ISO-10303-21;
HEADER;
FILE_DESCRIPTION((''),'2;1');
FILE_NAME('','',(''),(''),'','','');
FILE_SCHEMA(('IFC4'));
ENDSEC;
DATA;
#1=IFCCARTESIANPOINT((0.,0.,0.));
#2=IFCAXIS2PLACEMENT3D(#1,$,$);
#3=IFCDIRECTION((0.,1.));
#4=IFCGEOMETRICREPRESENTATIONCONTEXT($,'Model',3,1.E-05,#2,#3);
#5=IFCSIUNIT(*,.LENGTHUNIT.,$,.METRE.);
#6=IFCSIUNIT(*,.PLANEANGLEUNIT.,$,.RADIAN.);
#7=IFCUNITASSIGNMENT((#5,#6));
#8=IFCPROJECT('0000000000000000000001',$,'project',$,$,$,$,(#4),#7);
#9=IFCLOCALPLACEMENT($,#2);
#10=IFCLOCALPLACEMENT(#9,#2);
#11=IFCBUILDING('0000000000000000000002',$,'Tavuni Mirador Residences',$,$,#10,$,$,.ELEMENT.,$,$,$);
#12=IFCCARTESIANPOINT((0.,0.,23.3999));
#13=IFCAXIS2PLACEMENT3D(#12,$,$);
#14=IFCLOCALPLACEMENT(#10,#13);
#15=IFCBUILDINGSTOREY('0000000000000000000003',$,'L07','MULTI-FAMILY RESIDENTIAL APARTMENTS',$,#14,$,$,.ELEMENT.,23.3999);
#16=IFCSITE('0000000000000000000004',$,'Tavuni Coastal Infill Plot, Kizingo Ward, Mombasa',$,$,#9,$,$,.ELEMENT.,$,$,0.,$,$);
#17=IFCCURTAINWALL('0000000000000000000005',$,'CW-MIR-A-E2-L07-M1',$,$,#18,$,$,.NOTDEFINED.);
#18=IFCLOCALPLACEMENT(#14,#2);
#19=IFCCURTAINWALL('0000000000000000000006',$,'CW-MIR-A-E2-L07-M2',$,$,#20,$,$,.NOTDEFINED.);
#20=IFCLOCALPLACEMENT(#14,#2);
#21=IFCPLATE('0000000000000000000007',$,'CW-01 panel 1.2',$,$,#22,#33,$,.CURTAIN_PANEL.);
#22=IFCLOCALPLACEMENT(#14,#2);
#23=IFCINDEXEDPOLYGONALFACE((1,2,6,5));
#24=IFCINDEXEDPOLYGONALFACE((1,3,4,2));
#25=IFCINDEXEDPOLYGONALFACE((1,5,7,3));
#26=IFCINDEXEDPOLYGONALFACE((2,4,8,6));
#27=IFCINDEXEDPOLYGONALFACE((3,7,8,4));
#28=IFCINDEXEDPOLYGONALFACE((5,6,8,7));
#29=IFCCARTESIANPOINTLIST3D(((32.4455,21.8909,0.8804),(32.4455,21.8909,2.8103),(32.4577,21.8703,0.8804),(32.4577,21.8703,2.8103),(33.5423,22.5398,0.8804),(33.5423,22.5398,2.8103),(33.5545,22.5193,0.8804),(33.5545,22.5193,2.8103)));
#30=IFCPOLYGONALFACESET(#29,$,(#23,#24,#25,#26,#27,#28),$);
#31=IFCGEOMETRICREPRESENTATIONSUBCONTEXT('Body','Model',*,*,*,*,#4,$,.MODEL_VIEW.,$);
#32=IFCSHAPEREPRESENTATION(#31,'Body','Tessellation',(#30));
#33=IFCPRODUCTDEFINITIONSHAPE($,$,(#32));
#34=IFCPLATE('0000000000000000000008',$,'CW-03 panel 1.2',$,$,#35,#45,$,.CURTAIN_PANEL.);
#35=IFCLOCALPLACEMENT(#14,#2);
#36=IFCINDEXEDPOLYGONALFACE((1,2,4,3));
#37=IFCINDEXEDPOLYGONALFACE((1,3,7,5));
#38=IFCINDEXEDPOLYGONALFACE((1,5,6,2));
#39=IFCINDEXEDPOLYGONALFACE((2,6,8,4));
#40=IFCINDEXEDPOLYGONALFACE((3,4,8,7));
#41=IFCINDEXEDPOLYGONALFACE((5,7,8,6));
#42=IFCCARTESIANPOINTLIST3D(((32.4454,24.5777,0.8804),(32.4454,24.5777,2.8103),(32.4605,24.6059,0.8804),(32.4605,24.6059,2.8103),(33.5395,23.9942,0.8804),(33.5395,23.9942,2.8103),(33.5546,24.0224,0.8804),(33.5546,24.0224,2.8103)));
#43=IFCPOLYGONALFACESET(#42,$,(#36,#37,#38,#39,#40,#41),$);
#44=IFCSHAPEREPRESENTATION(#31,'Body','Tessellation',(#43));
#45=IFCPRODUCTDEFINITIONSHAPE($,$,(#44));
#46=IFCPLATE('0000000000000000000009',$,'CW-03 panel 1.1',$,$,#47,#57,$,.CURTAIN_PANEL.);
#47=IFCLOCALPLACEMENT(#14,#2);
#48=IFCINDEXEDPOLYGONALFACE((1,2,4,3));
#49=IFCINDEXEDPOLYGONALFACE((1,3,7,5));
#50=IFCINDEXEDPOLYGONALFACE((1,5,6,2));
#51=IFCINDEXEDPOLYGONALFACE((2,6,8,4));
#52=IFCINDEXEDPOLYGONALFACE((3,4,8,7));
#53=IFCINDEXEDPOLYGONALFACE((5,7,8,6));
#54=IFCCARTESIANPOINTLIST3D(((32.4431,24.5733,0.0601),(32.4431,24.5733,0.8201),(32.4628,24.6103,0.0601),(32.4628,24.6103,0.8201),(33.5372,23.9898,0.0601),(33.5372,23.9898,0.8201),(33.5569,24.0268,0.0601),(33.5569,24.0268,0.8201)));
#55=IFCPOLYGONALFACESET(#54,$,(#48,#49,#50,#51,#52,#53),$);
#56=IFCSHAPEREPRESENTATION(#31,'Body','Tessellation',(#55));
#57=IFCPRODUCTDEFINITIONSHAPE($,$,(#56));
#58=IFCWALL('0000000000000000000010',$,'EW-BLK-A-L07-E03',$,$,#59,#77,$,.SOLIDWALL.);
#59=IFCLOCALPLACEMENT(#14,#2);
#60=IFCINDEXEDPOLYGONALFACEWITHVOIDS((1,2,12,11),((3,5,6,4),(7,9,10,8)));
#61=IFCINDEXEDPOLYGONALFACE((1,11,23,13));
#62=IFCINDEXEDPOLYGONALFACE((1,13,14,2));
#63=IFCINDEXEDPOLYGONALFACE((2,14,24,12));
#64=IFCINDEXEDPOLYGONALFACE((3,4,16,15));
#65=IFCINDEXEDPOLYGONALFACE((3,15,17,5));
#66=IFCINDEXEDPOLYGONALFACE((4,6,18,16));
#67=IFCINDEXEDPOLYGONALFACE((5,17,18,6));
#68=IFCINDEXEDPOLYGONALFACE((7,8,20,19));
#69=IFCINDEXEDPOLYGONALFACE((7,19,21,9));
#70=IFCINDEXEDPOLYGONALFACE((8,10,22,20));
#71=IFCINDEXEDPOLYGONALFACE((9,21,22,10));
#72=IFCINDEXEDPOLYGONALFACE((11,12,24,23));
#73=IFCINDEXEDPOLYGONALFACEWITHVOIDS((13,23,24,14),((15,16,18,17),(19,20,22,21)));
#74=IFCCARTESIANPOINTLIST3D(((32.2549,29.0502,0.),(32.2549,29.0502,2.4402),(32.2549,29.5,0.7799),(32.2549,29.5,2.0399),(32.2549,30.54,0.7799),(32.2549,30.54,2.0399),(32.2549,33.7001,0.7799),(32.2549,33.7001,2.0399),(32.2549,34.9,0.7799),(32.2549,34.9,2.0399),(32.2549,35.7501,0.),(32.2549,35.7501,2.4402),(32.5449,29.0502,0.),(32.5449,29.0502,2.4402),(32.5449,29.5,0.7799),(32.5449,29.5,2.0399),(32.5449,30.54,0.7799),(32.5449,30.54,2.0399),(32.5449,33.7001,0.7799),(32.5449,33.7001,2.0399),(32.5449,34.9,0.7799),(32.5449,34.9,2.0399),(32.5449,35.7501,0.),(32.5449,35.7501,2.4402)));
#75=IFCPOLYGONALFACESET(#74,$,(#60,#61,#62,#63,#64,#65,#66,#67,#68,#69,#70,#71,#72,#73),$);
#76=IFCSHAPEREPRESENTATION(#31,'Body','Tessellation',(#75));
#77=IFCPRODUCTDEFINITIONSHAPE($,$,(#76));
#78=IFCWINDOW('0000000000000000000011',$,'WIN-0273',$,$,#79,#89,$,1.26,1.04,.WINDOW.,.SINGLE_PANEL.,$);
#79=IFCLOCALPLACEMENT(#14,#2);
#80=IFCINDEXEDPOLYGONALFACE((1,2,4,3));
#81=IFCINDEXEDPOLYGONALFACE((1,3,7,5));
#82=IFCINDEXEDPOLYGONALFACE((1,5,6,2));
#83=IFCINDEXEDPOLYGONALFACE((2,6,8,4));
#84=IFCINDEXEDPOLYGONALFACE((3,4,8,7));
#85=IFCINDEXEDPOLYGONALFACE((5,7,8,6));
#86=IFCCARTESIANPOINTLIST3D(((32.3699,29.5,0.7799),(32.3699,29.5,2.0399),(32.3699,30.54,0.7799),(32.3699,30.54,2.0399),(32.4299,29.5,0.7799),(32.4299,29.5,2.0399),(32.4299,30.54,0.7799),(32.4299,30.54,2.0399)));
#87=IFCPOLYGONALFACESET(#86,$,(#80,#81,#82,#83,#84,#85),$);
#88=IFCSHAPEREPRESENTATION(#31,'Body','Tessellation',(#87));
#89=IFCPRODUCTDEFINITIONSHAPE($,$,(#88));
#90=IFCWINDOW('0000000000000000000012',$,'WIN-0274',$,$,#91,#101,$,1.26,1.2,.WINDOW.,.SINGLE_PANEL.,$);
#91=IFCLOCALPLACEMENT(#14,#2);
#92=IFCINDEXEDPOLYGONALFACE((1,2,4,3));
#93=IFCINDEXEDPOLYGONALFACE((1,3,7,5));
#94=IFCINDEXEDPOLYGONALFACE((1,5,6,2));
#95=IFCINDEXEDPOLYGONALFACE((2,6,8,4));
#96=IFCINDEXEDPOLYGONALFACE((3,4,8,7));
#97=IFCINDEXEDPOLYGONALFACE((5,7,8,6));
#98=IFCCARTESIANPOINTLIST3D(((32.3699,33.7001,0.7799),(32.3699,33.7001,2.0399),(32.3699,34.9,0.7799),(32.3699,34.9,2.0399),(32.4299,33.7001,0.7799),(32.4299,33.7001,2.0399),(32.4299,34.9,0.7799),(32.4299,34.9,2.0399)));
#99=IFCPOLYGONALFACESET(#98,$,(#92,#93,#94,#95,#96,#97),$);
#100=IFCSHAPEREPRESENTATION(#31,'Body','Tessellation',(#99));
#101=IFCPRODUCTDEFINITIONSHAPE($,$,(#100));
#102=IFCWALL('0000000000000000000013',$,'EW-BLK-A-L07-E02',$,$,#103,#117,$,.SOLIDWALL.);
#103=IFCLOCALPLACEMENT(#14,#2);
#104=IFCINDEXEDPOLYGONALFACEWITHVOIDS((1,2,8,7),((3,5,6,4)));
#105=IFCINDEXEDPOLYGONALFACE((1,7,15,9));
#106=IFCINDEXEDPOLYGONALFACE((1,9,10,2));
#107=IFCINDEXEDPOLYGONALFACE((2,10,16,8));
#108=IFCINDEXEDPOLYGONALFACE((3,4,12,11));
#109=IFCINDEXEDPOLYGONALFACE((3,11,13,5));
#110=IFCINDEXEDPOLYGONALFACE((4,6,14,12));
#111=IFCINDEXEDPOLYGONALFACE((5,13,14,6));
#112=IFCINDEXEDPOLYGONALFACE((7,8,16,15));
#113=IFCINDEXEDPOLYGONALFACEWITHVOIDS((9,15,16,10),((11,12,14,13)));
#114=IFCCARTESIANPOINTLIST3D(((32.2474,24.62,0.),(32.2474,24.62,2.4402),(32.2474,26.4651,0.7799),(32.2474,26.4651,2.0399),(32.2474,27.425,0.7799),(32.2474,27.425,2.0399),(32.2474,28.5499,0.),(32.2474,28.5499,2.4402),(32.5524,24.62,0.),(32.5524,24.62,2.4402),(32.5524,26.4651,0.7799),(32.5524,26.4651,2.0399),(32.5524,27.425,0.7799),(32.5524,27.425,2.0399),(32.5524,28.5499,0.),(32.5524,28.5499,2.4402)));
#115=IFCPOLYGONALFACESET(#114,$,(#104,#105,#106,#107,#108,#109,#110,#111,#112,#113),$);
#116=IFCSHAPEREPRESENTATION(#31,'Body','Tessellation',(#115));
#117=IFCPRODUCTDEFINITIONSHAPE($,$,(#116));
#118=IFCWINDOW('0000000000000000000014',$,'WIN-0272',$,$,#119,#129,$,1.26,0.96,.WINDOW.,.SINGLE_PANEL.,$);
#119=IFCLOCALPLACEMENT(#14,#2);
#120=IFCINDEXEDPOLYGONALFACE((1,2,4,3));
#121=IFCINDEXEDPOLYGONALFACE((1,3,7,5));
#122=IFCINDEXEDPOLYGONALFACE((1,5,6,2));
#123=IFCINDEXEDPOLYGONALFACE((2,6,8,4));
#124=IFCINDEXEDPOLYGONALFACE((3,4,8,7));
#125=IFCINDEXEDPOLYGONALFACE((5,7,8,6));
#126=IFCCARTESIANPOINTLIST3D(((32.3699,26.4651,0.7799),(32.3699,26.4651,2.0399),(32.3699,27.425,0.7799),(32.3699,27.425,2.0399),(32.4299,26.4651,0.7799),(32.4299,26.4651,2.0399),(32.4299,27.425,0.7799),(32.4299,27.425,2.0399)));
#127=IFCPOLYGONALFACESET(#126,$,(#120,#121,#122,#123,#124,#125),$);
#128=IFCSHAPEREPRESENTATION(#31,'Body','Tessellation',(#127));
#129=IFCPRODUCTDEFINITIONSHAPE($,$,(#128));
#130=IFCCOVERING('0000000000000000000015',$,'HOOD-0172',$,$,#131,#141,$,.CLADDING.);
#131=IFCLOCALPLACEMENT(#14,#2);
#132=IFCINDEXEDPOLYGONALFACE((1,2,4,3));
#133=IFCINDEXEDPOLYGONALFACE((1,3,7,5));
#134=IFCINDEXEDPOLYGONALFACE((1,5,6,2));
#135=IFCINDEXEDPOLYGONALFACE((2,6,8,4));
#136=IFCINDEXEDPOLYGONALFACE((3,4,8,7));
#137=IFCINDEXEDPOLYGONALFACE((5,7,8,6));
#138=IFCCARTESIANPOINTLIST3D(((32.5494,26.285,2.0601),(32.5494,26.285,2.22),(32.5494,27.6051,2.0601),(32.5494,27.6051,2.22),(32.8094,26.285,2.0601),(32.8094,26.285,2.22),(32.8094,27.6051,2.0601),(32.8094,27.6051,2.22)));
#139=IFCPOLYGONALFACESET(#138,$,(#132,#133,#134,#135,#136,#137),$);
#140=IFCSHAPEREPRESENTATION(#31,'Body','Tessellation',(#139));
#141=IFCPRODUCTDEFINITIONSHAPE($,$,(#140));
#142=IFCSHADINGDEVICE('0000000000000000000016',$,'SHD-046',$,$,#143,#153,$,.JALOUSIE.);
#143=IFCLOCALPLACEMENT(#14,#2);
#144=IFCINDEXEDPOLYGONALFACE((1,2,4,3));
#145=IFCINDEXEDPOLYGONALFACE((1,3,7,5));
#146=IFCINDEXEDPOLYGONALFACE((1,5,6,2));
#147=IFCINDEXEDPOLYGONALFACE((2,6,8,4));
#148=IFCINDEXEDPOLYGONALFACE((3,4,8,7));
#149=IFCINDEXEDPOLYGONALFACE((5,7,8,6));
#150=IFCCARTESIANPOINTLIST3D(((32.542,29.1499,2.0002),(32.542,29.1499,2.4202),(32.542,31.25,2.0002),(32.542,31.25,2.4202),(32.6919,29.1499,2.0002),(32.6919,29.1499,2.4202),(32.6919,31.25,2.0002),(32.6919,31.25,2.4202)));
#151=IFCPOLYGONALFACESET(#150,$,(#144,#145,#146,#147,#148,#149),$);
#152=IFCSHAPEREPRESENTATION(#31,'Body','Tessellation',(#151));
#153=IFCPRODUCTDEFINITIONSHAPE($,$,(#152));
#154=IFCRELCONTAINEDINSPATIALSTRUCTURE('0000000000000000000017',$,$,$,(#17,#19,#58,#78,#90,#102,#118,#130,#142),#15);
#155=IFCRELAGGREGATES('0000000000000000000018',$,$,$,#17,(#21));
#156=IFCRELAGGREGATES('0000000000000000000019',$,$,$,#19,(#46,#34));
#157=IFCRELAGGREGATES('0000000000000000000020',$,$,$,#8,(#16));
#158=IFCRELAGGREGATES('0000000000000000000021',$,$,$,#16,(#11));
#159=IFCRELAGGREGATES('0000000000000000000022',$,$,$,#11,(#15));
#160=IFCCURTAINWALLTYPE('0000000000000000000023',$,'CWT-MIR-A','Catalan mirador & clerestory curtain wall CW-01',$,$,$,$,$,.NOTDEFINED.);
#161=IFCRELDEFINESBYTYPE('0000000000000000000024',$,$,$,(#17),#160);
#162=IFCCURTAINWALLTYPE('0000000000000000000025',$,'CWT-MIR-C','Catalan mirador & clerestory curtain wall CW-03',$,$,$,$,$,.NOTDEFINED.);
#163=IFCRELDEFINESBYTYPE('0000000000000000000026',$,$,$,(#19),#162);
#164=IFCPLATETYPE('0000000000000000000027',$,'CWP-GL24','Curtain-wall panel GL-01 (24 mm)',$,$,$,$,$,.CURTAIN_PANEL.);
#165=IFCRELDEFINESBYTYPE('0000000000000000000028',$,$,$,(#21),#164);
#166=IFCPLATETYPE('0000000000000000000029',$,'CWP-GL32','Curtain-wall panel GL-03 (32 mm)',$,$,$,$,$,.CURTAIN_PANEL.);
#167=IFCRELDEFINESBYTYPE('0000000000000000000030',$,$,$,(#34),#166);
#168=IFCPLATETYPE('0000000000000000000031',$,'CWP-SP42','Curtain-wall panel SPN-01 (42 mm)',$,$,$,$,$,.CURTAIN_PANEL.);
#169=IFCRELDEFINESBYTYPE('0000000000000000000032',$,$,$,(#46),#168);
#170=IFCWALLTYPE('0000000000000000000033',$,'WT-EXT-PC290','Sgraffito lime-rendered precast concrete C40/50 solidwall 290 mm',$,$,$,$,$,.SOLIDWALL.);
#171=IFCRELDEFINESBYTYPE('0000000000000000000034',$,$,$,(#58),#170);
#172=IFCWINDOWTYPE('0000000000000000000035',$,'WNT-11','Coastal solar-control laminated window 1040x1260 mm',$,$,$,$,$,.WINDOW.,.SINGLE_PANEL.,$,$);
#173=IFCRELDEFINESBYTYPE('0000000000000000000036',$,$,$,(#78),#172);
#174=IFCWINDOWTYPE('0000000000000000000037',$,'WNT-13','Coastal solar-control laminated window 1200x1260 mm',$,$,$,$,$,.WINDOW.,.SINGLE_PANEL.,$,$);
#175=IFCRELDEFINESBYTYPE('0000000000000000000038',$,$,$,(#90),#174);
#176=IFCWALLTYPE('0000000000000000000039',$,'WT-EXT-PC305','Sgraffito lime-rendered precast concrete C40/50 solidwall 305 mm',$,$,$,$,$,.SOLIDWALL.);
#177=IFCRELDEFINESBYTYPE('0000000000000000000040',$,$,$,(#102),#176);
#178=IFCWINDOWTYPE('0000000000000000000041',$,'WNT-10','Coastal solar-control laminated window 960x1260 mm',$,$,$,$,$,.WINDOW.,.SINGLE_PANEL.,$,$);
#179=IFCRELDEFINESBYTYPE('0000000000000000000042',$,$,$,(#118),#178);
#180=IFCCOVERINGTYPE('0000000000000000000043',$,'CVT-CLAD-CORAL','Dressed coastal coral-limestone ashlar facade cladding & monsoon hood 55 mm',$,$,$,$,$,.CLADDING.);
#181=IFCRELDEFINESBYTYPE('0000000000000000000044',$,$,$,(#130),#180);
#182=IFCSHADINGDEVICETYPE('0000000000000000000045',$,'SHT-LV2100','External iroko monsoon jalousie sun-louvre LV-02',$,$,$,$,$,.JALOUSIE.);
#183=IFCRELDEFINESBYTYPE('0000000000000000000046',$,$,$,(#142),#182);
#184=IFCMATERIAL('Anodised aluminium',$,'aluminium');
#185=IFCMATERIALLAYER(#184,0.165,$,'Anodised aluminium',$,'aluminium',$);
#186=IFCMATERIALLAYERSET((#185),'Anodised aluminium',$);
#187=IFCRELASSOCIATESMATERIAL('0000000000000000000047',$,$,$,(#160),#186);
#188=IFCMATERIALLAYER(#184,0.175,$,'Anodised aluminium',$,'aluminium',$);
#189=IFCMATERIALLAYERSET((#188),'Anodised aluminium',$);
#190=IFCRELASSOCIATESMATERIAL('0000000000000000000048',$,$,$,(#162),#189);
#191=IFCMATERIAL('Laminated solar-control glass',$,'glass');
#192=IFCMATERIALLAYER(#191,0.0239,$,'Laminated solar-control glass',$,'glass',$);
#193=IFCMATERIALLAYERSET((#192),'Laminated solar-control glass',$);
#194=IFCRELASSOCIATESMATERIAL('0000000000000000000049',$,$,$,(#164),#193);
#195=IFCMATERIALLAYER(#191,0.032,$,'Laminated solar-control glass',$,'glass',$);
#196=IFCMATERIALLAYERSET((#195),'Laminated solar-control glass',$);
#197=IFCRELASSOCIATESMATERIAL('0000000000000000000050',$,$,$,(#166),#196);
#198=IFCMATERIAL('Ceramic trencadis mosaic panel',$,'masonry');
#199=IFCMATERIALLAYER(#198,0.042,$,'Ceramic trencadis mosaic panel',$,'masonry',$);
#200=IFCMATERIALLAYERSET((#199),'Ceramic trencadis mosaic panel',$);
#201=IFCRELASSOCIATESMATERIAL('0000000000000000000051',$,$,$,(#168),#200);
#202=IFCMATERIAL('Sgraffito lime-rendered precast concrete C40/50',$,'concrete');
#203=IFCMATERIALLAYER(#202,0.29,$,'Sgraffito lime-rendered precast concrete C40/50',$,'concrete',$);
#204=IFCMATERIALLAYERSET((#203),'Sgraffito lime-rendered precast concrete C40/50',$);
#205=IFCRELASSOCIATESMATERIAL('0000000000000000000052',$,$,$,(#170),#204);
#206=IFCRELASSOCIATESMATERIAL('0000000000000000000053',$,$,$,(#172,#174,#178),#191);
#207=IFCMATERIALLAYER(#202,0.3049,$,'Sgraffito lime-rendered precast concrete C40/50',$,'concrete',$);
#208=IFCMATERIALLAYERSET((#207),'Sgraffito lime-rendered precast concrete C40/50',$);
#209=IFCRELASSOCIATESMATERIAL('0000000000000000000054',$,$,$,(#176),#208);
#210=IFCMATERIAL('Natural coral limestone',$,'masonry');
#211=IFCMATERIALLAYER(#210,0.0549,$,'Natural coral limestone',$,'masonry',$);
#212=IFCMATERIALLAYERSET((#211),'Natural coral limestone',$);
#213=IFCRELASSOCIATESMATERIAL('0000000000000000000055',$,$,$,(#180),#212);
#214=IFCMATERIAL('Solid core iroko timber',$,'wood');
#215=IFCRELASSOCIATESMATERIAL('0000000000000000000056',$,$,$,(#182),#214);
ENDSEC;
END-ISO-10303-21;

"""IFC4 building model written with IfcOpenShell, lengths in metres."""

from ifc_helpers import new_model, si_unit, direction, frame, frame_2d, origin, origin_2d, place, context, subcontext, project, spatial, rectangle, extrude, material, layer, layer_set, type_object, element, fill, aggregate, save


model = new_model("IFC4")

# Units and contexts
model_context = context("Model", 3, precision=1e-05, world=origin(), true_north=direction((0.0, 1.0)))
body_context = subcontext(model_context, "Body", "Model", "MODEL_VIEW")
ifc_project = project(units=[si_unit("LENGTHUNIT", "METRE"), si_unit("PLANEANGLEUNIT", "RADIAN")], contexts=[model_context])

# Site, building, storey
site_placement = place(None, origin())
site = spatial("IfcSite", under=ifc_project, at=site_placement, Name="Tavuni Coastal Infill Plot, Kizingo Ward, Mombasa", CompositionType="ELEMENT", RefElevation=0.0)
building_placement = place(site_placement, origin())
building = spatial("IfcBuilding", under=site, at=building_placement, Name="Tavuni Mirador Residences", CompositionType="ELEMENT")
storey_placement = place(building_placement, frame((0.0, 0.0, 23.3999)))
storey = spatial("IfcBuildingStorey", under=building, at=storey_placement, Name="L07", Description="MULTI-FAMILY RESIDENTIAL APARTMENTS", CompositionType="ELEMENT", Elevation=23.3999)

# Curtain wall
ifc_material_1 = material(Name="Anodised aluminium", Category="aluminium")
ifc_layer_1 = layer(ifc_material_1, 0.165, Name="Anodised aluminium", Category="aluminium")
ifc_layer_set_1 = layer_set([ifc_layer_1], Name="Anodised aluminium")
curtain_wall_type_1 = type_object("IfcCurtainWallType", Name="CWT-MIR-A", Description="Catalan mirador & clerestory curtain wall CW-01", PredefinedType="NOTDEFINED", material=ifc_layer_set_1)
curtain_wall_1_placement = place(storey_placement, origin())
curtain_wall_1 = element("IfcCurtainWall", 1, at=curtain_wall_1_placement, inside=storey, type_object=curtain_wall_type_1, Name="CW-MIR-A-E2-L07-M1", PredefinedType="NOTDEFINED")

# Curtain wall
ifc_layer_2 = layer(ifc_material_1, 0.175, Name="Anodised aluminium", Category="aluminium")
ifc_layer_set_2 = layer_set([ifc_layer_2], Name="Anodised aluminium")
curtain_wall_type_2 = type_object("IfcCurtainWallType", Name="CWT-MIR-C", Description="Catalan mirador & clerestory curtain wall CW-03", PredefinedType="NOTDEFINED", material=ifc_layer_set_2)
curtain_wall_2_placement = place(storey_placement, origin())
curtain_wall_2 = element("IfcCurtainWall", 2, at=curtain_wall_2_placement, inside=storey, type_object=curtain_wall_type_2, Name="CW-MIR-A-E2-L07-M2", PredefinedType="NOTDEFINED")

# Plates
ifc_material_2 = material(Name="Laminated solar-control glass", Category="glass")
ifc_layer_3 = layer(ifc_material_2, 0.0239, Name="Laminated solar-control glass", Category="glass")
ifc_layer_set_3 = layer_set([ifc_layer_3], Name="Laminated solar-control glass")
plate_type_1 = type_object("IfcPlateType", Name="CWP-GL24", Description="Curtain-wall panel GL-01 (24 mm)", PredefinedType="CURTAIN_PANEL", material=ifc_layer_set_3)
plate_1_placement = place(storey_placement, frame((33.0, 22.2051, 0.8804), z_axis=(0.0, 0.0, 1.0), x_axis=(0.860641, 0.509212, 0.0)))
plate_1 = element("IfcPlate", 3, at=plate_1_placement, type_object=plate_type_1, Name="CW-01 panel 1.2", PredefinedType="CURTAIN_PANEL", context=body_context, shape_type="SweptSolid", body=[
    extrude(rectangle(XDim=1.2744, YDim=0.0239, at=origin_2d()), origin(), (0.0, 0.0, 1.0), 1.9299),
])
aggregate(curtain_wall_1, [plate_1])
ifc_layer_4 = layer(ifc_material_2, 0.032, Name="Laminated solar-control glass", Category="glass")
ifc_layer_set_4 = layer_set([ifc_layer_4], Name="Laminated solar-control glass")
plate_type_2 = type_object("IfcPlateType", Name="CWP-GL32", Description="Curtain-wall panel GL-03 (32 mm)", PredefinedType="CURTAIN_PANEL", material=ifc_layer_set_4)
plate_2_placement = place(storey_placement, frame((33.0, 24.3, 0.8804), z_axis=(0.0, 0.0, 1.0), x_axis=(-0.882353, 0.470588, 0.0)))
plate_2 = element("IfcPlate", 4, at=plate_2_placement, type_object=plate_type_2, Name="CW-03 panel 1.2", PredefinedType="CURTAIN_PANEL", context=body_context, shape_type="SweptSolid", body=[
    extrude(rectangle(XDim=1.24, YDim=0.032, at=origin_2d()), origin(), (0.0, 0.0, 1.0), 1.9299),
])
ifc_material_3 = material(Name="Ceramic trencadis mosaic panel", Category="masonry")
ifc_layer_5 = layer(ifc_material_3, 0.042, Name="Ceramic trencadis mosaic panel", Category="masonry")
ifc_layer_set_5 = layer_set([ifc_layer_5], Name="Ceramic trencadis mosaic panel")
plate_type_3 = type_object("IfcPlateType", Name="CWP-SP42", Description="Curtain-wall panel SPN-01 (42 mm)", PredefinedType="CURTAIN_PANEL", material=ifc_layer_set_5)
plate_3_placement = place(storey_placement, frame((33.0, 24.3, 0.0601), z_axis=(0.0, 0.0, 1.0), x_axis=(-0.882353, 0.470588, 0.0)))
plate_3 = element("IfcPlate", 5, at=plate_3_placement, type_object=plate_type_3, Name="CW-03 panel 1.1", PredefinedType="CURTAIN_PANEL", context=body_context, shape_type="SweptSolid", body=[
    extrude(rectangle(XDim=1.24, YDim=0.042, at=origin_2d()), origin(), (0.0, 0.0, 1.0), 0.76),
])
aggregate(curtain_wall_2, [plate_3, plate_2])

# Wall, openings, windows
ifc_material_4 = material(Name="Sgraffito lime-rendered precast concrete C40/50", Category="concrete")
ifc_layer_6 = layer(ifc_material_4, 0.29, Name="Sgraffito lime-rendered precast concrete C40/50", Category="concrete")
ifc_layer_set_6 = layer_set([ifc_layer_6], Name="Sgraffito lime-rendered precast concrete C40/50")
wall_type_1 = type_object("IfcWallType", Name="WT-EXT-PC290", Description="Sgraffito lime-rendered precast concrete C40/50 solidwall 290 mm", PredefinedType="SOLIDWALL", material=ifc_layer_set_6)
wall_1_placement = place(storey_placement, frame((32.3999, 29.05, 0.0), z_axis=(0.0, 0.0, 1.0), x_axis=(0.0, 1.0, 0.0)))
wall_1 = element("IfcWall", 6, at=wall_1_placement, inside=storey, type_object=wall_type_1, Name="EW-BLK-A-L07-E03", PredefinedType="SOLIDWALL", context=body_context, shape_type="SweptSolid", body=[
    extrude(rectangle(XDim=6.7, YDim=0.29, at=frame_2d((3.3501, 0.0))), origin(), (0.0, 0.0, 1.0), 2.4402),
])
opening_1_placement = place(wall_1_placement, frame((0.45, 0.0, 0.78)))
opening_1 = element("IfcOpeningElement", 7, at=opening_1_placement, cuts=wall_1, PredefinedType="OPENING", context=body_context, shape_type="SweptSolid", body=[
    extrude(rectangle(XDim=1.04, YDim=1.26, at=frame_2d((0.52, 0.6299))), frame((0.0, 0.155, 0.0), z_axis=(0.0, -1.0, 0.0), x_axis=(1.0, 0.0, 0.0)), (0.0, 0.0, 1.0), 0.3101),
])
opening_2_placement = place(wall_1_placement, frame((4.6499, 0.0, 0.78)))
opening_2 = element("IfcOpeningElement", 8, at=opening_2_placement, cuts=wall_1, PredefinedType="OPENING", context=body_context, shape_type="SweptSolid", body=[
    extrude(rectangle(XDim=1.2, YDim=1.26, at=frame_2d((0.6001, 0.6299))), frame((0.0, 0.155, 0.0), z_axis=(0.0, -1.0, 0.0), x_axis=(1.0, 0.0, 0.0)), (0.0, 0.0, 1.0), 0.3101),
])
window_type_1 = type_object("IfcWindowType", Name="WNT-11", Description="Coastal solar-control laminated window 1040x1260 mm", PartitioningType="SINGLE_PANEL", PredefinedType="WINDOW", material=ifc_material_2)
window_1_placement = place(opening_1_placement, origin())
window_1 = element("IfcWindow", 9, at=window_1_placement, inside=storey, type_object=window_type_1, Name="WIN-0273", OverallHeight=1.26, OverallWidth=1.04, PartitioningType="SINGLE_PANEL", PredefinedType="WINDOW", context=body_context, shape_type="SweptSolid", body=[
    extrude(rectangle(XDim=1.04, YDim=1.26, at=frame_2d((0.52, 0.6299))), frame((0.0, 0.03, 0.0), z_axis=(0.0, -1.0, 0.0), x_axis=(1.0, 0.0, 0.0)), (0.0, 0.0, 1.0), 0.0601),
])
fill(opening_1, window_1)
window_type_2 = type_object("IfcWindowType", Name="WNT-13", Description="Coastal solar-control laminated window 1200x1260 mm", PartitioningType="SINGLE_PANEL", PredefinedType="WINDOW", material=ifc_material_2)
window_2_placement = place(opening_2_placement, origin())
window_2 = element("IfcWindow", 10, at=window_2_placement, inside=storey, type_object=window_type_2, Name="WIN-0274", OverallHeight=1.26, OverallWidth=1.2, PartitioningType="SINGLE_PANEL", PredefinedType="WINDOW", context=body_context, shape_type="SweptSolid", body=[
    extrude(rectangle(XDim=1.2, YDim=1.26, at=frame_2d((0.6001, 0.6299))), frame((0.0, 0.03, 0.0), z_axis=(0.0, -1.0, 0.0), x_axis=(1.0, 0.0, 0.0)), (0.0, 0.0, 1.0), 0.0601),
])
fill(opening_2, window_2)

# Wall, opening, window
ifc_layer_7 = layer(ifc_material_4, 0.3049, Name="Sgraffito lime-rendered precast concrete C40/50", Category="concrete")
ifc_layer_set_7 = layer_set([ifc_layer_7], Name="Sgraffito lime-rendered precast concrete C40/50")
wall_type_2 = type_object("IfcWallType", Name="WT-EXT-PC305", Description="Sgraffito lime-rendered precast concrete C40/50 solidwall 305 mm", PredefinedType="SOLIDWALL", material=ifc_layer_set_7)
wall_2_placement = place(storey_placement, frame((32.3999, 24.6201, 0.0), z_axis=(0.0, 0.0, 1.0), x_axis=(0.0, 1.0, 0.0)))
wall_2 = element("IfcWall", 11, at=wall_2_placement, inside=storey, type_object=wall_type_2, Name="EW-BLK-A-L07-E02", PredefinedType="SOLIDWALL", context=body_context, shape_type="SweptSolid", body=[
    extrude(rectangle(XDim=3.9299, YDim=0.3049, at=frame_2d((1.9648, 0.0))), origin(), (0.0, 0.0, 1.0), 2.4402),
])
opening_3_placement = place(wall_2_placement, frame((1.845, 0.0, 0.78)))
opening_3 = element("IfcOpeningElement", 12, at=opening_3_placement, cuts=wall_2, PredefinedType="OPENING", context=body_context, shape_type="SweptSolid", body=[
    extrude(rectangle(XDim=0.96, YDim=1.26, at=frame_2d((0.48, 0.6299))), frame((0.0, 0.1626, 0.0), z_axis=(0.0, -1.0, 0.0), x_axis=(1.0, 0.0, 0.0)), (0.0, 0.0, 1.0), 0.325),
])
window_type_3 = type_object("IfcWindowType", Name="WNT-10", Description="Coastal solar-control laminated window 960x1260 mm", PartitioningType="SINGLE_PANEL", PredefinedType="WINDOW", material=ifc_material_2)
window_3_placement = place(opening_3_placement, origin())
window_3 = element("IfcWindow", 13, at=window_3_placement, inside=storey, type_object=window_type_3, Name="WIN-0272", OverallHeight=1.26, OverallWidth=0.96, PartitioningType="SINGLE_PANEL", PredefinedType="WINDOW", context=body_context, shape_type="SweptSolid", body=[
    extrude(rectangle(XDim=0.96, YDim=1.26, at=frame_2d((0.48, 0.6299))), frame((0.0, 0.03, 0.0), z_axis=(0.0, -1.0, 0.0), x_axis=(1.0, 0.0, 0.0)), (0.0, 0.0, 1.0), 0.0601),
])
fill(opening_3, window_3)

# Covering
ifc_material_5 = material(Name="Natural coral limestone", Category="masonry")
ifc_layer_8 = layer(ifc_material_5, 0.0549, Name="Natural coral limestone", Category="masonry")
ifc_layer_set_8 = layer_set([ifc_layer_8], Name="Natural coral limestone")
covering_type = type_object("IfcCoveringType", Name="CVT-CLAD-CORAL", Description="Dressed coastal coral-limestone ashlar facade cladding & monsoon hood 55 mm", PredefinedType="CLADDING", material=ifc_layer_set_8)
covering_placement = place(storey_placement, frame((32.6794, 26.9451, 2.0601), z_axis=(0.0, 0.0, 1.0), x_axis=(0.0, 1.0, 0.0)))
element("IfcCovering", 14, at=covering_placement, inside=storey, type_object=covering_type, Name="HOOD-0172", PredefinedType="CLADDING", context=body_context, shape_type="SweptSolid", body=[
    extrude(rectangle(XDim=1.3201, YDim=0.26, at=origin_2d()), origin(), (0.0, 0.0, 1.0), 0.1599),
])

# Shading device
ifc_material_6 = material(Name="Solid core iroko timber", Category="wood")
shading_device_type = type_object("IfcShadingDeviceType", Name="SHT-LV2100", Description="External iroko monsoon jalousie sun-louvre LV-02", PredefinedType="JALOUSIE", material=ifc_material_6)
shading_device_placement = place(storey_placement, frame((32.6169, 30.2, 2.0002), z_axis=(0.0, 0.0, 1.0), x_axis=(0.0, 1.0, 0.0)))
element("IfcShadingDevice", 15, at=shading_device_placement, inside=storey, type_object=shading_device_type, Name="SHD-046", PredefinedType="JALOUSIE", context=body_context, shape_type="SweptSolid", body=[
    extrude(rectangle(XDim=2.1001, YDim=0.1499, at=origin_2d()), origin(), (0.0, 0.0, 1.0), 0.4199),
])

save(model, "model.ifc")
